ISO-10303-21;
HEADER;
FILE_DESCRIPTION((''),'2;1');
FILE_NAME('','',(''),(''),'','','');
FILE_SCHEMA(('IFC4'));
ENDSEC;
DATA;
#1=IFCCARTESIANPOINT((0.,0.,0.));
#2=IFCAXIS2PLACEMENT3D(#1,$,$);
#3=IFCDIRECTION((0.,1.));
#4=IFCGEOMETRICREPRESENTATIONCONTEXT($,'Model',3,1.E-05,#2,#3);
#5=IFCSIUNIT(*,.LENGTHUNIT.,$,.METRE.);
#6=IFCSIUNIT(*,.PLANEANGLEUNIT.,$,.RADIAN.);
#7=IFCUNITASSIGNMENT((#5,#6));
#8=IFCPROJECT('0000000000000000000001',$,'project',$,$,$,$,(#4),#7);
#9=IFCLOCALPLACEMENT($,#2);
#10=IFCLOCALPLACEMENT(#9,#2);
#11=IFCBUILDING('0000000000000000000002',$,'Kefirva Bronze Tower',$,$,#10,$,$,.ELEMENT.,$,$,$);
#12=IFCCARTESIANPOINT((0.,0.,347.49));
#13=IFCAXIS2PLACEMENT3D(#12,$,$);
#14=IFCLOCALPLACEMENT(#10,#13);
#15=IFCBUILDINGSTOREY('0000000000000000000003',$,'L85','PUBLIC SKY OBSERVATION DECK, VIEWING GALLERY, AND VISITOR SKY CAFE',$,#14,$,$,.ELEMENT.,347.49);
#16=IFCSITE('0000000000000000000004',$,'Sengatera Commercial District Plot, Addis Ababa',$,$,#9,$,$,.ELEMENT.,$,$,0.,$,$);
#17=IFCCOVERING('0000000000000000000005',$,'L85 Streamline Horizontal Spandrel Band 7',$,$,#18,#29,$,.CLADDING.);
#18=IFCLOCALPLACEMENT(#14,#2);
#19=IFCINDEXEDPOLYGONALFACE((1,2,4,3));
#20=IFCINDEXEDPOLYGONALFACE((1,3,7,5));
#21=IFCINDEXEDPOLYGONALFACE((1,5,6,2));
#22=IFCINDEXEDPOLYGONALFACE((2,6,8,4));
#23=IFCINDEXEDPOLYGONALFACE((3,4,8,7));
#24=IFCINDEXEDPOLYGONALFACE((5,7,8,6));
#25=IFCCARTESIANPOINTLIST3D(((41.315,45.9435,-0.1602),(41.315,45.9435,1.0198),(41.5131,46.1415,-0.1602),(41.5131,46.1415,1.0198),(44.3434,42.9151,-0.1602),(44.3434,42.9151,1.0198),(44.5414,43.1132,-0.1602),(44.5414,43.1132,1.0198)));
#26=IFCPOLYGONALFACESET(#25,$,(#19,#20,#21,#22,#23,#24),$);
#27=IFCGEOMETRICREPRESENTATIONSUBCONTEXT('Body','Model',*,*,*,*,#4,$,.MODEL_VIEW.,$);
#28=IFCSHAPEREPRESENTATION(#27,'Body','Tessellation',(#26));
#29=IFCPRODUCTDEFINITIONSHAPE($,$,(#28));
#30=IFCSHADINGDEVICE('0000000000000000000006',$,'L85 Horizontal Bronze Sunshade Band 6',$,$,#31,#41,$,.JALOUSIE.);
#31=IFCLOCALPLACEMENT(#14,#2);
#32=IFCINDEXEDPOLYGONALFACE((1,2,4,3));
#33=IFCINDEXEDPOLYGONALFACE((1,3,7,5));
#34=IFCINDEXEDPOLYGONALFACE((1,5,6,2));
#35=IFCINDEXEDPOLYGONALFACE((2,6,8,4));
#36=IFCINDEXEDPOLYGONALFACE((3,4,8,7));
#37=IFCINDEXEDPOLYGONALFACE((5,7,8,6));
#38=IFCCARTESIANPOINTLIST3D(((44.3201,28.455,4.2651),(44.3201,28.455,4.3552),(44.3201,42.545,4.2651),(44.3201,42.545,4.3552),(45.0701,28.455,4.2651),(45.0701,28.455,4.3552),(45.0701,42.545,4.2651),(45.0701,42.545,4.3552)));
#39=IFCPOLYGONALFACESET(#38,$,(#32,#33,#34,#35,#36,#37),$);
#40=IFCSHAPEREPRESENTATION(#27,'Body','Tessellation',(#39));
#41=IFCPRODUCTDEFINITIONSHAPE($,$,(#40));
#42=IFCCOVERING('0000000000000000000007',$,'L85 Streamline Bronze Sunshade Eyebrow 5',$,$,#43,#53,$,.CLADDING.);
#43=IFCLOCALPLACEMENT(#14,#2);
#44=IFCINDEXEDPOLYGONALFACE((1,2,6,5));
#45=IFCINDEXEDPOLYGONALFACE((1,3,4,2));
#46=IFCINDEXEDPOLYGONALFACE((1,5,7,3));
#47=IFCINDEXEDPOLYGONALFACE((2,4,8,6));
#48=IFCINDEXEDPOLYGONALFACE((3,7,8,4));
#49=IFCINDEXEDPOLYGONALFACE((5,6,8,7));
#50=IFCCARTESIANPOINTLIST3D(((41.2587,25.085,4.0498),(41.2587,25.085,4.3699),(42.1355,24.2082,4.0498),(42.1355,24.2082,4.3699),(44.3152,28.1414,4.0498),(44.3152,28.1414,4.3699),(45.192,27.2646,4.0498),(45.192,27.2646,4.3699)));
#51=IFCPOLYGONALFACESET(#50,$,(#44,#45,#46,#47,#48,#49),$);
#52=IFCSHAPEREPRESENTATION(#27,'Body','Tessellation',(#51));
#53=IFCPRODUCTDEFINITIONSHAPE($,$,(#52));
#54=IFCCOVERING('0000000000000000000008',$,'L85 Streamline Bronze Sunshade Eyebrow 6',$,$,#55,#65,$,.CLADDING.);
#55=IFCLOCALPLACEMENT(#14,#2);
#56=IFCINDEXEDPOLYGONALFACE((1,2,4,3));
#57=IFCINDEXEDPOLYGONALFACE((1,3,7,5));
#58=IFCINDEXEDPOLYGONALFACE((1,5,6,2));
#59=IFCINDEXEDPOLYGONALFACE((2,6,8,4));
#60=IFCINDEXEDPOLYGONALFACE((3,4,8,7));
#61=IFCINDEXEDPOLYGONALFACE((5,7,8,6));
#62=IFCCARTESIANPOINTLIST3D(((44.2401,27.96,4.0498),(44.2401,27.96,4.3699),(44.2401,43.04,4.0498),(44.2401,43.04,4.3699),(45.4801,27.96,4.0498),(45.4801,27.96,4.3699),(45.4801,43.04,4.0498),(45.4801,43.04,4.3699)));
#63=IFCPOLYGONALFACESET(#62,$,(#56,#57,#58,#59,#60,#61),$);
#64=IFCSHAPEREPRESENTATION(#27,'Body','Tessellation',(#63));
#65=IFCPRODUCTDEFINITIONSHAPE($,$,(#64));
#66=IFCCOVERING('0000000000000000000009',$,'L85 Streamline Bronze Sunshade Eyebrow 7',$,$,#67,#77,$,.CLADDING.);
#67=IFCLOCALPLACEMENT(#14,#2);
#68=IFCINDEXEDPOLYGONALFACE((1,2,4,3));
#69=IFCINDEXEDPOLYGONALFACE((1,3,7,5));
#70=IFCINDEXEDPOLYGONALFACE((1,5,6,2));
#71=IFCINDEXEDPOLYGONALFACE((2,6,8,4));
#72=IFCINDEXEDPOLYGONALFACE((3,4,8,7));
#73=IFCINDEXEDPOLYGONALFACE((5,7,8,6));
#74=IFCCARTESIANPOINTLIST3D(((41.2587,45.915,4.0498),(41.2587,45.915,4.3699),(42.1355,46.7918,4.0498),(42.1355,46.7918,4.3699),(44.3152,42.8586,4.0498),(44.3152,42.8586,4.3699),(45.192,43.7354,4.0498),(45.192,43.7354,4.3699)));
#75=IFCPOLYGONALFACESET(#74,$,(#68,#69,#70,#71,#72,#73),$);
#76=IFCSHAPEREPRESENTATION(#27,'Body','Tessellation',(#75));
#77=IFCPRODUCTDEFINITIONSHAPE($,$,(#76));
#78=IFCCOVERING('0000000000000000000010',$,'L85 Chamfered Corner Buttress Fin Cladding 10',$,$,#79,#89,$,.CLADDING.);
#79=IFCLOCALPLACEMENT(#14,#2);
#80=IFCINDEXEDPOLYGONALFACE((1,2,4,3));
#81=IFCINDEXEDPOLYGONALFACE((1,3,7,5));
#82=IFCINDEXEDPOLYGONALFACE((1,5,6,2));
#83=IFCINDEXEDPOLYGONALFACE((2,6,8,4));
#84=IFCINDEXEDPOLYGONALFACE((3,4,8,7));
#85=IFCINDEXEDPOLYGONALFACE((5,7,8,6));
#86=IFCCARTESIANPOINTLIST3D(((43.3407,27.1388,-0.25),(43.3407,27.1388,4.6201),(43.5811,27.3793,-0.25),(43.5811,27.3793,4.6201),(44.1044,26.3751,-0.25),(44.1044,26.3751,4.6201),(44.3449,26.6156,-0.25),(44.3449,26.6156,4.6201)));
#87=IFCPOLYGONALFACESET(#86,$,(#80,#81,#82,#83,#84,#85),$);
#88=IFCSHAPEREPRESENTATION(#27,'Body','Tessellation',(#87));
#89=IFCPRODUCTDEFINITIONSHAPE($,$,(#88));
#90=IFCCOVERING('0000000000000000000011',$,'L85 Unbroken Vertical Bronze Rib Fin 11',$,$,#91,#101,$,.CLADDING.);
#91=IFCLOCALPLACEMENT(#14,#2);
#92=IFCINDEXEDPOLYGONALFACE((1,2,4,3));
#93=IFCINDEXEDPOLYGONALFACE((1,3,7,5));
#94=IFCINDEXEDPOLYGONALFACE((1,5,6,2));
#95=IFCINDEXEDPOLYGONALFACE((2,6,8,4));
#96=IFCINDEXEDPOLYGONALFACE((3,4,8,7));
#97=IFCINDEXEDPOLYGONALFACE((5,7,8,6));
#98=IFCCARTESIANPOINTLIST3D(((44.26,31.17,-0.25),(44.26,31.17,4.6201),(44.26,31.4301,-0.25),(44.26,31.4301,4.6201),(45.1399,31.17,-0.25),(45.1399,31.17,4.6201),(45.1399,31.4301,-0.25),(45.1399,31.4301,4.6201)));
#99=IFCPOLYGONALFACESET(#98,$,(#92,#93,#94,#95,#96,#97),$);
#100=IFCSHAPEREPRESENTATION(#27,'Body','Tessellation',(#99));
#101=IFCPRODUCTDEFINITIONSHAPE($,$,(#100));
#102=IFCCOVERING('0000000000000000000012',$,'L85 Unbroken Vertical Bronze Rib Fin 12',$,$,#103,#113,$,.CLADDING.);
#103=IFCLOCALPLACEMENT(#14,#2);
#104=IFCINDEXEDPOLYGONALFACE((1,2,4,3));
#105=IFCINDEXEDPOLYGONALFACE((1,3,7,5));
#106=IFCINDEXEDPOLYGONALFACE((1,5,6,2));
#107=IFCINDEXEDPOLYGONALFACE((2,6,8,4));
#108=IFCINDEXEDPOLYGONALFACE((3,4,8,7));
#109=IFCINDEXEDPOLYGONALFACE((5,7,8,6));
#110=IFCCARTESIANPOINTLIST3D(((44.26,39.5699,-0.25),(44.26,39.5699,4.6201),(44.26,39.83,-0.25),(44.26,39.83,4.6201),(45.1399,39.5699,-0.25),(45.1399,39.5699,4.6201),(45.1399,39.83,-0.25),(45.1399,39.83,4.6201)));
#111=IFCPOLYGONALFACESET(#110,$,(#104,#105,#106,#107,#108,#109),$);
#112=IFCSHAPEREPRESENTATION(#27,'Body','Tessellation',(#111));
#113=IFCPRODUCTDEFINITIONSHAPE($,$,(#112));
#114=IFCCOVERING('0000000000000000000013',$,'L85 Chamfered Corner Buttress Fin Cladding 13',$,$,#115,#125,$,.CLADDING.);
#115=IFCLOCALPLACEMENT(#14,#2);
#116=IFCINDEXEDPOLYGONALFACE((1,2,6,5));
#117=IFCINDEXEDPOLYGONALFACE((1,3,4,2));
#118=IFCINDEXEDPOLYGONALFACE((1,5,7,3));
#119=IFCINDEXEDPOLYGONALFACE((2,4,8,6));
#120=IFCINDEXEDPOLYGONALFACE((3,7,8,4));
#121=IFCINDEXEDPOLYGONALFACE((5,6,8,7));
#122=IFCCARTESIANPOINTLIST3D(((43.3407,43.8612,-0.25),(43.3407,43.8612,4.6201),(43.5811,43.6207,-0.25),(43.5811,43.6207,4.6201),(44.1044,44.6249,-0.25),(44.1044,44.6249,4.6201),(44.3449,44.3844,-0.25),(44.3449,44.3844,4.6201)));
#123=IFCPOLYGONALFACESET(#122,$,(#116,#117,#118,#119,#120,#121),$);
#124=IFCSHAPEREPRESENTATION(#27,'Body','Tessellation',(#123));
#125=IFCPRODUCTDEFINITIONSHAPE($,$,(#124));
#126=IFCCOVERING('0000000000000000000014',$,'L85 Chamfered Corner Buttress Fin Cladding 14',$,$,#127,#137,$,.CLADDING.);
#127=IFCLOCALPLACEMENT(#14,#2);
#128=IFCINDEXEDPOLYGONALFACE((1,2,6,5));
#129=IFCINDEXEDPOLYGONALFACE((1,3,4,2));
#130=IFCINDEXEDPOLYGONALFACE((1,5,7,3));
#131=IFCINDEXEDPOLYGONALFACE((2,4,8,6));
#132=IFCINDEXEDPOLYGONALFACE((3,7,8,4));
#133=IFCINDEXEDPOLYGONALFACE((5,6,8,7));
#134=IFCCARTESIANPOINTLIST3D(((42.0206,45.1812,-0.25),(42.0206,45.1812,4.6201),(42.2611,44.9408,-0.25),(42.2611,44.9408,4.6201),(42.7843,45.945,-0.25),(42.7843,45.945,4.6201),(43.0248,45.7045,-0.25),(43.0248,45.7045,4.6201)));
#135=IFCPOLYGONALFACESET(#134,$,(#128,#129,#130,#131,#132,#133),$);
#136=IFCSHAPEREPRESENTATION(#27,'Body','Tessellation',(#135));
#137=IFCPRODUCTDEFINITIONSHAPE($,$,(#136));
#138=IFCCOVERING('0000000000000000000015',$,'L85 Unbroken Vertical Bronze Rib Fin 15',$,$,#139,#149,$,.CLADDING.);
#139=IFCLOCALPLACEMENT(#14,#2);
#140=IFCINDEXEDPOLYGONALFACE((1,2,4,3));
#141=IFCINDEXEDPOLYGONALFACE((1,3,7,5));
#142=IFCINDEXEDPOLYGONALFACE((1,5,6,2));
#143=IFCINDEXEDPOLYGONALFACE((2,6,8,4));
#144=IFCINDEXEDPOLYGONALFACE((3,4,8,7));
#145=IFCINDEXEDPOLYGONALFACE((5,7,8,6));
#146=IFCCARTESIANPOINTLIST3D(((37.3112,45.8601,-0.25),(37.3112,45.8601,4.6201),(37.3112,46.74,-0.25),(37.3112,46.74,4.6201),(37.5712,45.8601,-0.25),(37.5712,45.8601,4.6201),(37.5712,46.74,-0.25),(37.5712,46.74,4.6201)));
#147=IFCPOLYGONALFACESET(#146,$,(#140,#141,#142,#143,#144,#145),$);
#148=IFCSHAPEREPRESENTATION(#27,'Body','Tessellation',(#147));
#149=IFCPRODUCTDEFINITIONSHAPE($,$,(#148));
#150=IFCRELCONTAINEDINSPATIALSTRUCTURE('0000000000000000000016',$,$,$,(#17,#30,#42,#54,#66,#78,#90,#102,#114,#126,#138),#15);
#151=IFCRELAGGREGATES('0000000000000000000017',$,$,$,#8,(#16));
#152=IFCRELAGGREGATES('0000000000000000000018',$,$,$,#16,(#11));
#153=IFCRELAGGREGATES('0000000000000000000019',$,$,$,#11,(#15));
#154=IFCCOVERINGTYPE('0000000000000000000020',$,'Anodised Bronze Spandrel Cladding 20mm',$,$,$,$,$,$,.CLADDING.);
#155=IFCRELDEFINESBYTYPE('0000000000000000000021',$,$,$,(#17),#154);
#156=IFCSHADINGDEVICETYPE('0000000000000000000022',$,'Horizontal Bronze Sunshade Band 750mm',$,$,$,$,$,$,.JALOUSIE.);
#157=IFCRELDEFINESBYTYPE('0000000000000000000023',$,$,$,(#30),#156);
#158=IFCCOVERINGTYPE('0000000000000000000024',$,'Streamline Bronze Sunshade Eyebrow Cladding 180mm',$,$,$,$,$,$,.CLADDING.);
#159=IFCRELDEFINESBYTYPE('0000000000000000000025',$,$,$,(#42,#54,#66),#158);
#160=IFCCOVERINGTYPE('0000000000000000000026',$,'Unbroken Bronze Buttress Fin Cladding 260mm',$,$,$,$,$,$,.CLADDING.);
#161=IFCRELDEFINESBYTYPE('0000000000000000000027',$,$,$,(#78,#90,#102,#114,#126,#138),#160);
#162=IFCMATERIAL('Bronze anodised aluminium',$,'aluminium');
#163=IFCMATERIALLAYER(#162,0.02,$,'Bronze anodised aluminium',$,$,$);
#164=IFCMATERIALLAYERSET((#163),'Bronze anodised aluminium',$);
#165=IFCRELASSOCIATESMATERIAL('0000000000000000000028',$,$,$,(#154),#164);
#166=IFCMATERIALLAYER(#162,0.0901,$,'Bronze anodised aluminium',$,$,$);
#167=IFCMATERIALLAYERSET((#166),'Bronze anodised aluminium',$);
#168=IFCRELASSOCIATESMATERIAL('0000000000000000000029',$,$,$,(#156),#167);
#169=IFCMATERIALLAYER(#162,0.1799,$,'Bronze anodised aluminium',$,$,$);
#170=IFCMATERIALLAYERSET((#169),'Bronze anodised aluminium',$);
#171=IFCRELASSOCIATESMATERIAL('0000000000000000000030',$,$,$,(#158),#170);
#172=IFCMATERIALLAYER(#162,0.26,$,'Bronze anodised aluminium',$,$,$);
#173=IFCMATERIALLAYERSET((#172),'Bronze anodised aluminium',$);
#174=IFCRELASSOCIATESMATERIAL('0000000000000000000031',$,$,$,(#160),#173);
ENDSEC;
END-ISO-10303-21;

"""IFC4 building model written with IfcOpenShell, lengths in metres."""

from ifc_helpers import new_model, si_unit, direction, frame, origin, origin_2d, place, context, subcontext, project, spatial, rectangle, extrude, material, layer, layer_set, type_object, element, save


model = new_model("IFC4")

# Units and contexts
model_context = context("Model", 3, precision=1e-05, world=origin(), true_north=direction((0.0, 1.0)))
body_context = subcontext(model_context, "Body", "Model", "MODEL_VIEW")
ifc_project = project(units=[si_unit("LENGTHUNIT", "METRE"), si_unit("PLANEANGLEUNIT", "RADIAN")], contexts=[model_context])

# Site, building, storey
site_placement = place(None, origin())
site = spatial("IfcSite", under=ifc_project, at=site_placement, Name="Sengatera Commercial District Plot, Addis Ababa", CompositionType="ELEMENT", RefElevation=0.0)
building_placement = place(site_placement, origin())
building = spatial("IfcBuilding", under=site, at=building_placement, Name="Kefirva Bronze Tower", CompositionType="ELEMENT")
storey_placement = place(building_placement, frame((0.0, 0.0, 347.49)))
storey = spatial("IfcBuildingStorey", under=building, at=storey_placement, Name="L85", Description="PUBLIC SKY OBSERVATION DECK, VIEWING GALLERY, AND VISITOR SKY CAFE", CompositionType="ELEMENT", Elevation=347.49)

# Shared definitions
ifc_material_1 = material(Name="Bronze anodised aluminium", Category="aluminium")

# Covering
ifc_layer_1 = layer(ifc_material_1, 0.02, Name="Bronze anodised aluminium")
ifc_layer_set_1 = layer_set([ifc_layer_1], Name="Bronze anodised aluminium")
covering_type_1 = type_object("IfcCoveringType", Name="Anodised Bronze Spandrel Cladding 20mm", PredefinedType="CLADDING", material=ifc_layer_set_1)
covering_1_placement = place(storey_placement, frame((42.9282, 44.5283, -0.1602), z_axis=(0.0, 0.0, 1.0), x_axis=(-0.707107, 0.707107, 0.0)))
element("IfcCovering", 1, at=covering_1_placement, inside=storey, type_object=covering_type_1, Name="L85 Streamline Horizontal Spandrel Band 7", PredefinedType="CLADDING", context=body_context, shape_type="SweptSolid", body=[
    extrude(rectangle(XDim=4.2827, YDim=0.28, at=origin_2d()), origin(), (0.0, 0.0, 1.0), 1.1799),
])

# Shading device
ifc_layer_2 = layer(ifc_material_1, 0.0901, Name="Bronze anodised aluminium")
ifc_layer_set_2 = layer_set([ifc_layer_2], Name="Bronze anodised aluminium")
shading_device_type = type_object("IfcShadingDeviceType", Name="Horizontal Bronze Sunshade Band 750mm", PredefinedType="JALOUSIE", material=ifc_layer_set_2)
shading_device_placement = place(storey_placement, frame((44.6951, 35.5, 4.2651), z_axis=(0.0, 0.0, 1.0), x_axis=(0.0, 1.0, 0.0)))
element("IfcShadingDevice", 2, at=shading_device_placement, inside=storey, type_object=shading_device_type, Name="L85 Horizontal Bronze Sunshade Band 6", PredefinedType="JALOUSIE", context=body_context, shape_type="SweptSolid", body=[
    extrude(rectangle(XDim=14.0901, YDim=0.75, at=origin_2d()), origin(), (0.0, 0.0, 1.0), 0.0901),
])

# Coverings
ifc_layer_3 = layer(ifc_material_1, 0.1799, Name="Bronze anodised aluminium")
ifc_layer_set_3 = layer_set([ifc_layer_3], Name="Bronze anodised aluminium")
covering_type_2 = type_object("IfcCoveringType", Name="Streamline Bronze Sunshade Eyebrow Cladding 180mm", PredefinedType="CLADDING", material=ifc_layer_set_3)
covering_2_placement = place(storey_placement, frame((43.2253, 26.1748, 4.0498), z_axis=(0.0, 0.0, 1.0), x_axis=(0.707107, 0.707107, 0.0)))
element("IfcCovering", 3, at=covering_2_placement, inside=storey, type_object=covering_type_2, Name="L85 Streamline Bronze Sunshade Eyebrow 5", PredefinedType="CLADDING", context=body_context, shape_type="SweptSolid", body=[
    extrude(rectangle(XDim=4.3225, YDim=1.24, at=origin_2d()), origin(), (0.0, 0.0, 1.0), 0.3201),
])
covering_3_placement = place(storey_placement, frame((44.8601, 35.5, 4.0498), z_axis=(0.0, 0.0, 1.0), x_axis=(0.0, 1.0, 0.0)))
element("IfcCovering", 4, at=covering_3_placement, inside=storey, type_object=covering_type_2, Name="L85 Streamline Bronze Sunshade Eyebrow 6", PredefinedType="CLADDING", context=body_context, shape_type="SweptSolid", body=[
    extrude(rectangle(XDim=15.0801, YDim=1.24, at=origin_2d()), origin(), (0.0, 0.0, 1.0), 0.3201),
])
covering_4_placement = place(storey_placement, frame((43.2253, 44.8252, 4.0498), z_axis=(0.0, 0.0, 1.0), x_axis=(-0.707107, 0.707107, 0.0)))
element("IfcCovering", 5, at=covering_4_placement, inside=storey, type_object=covering_type_2, Name="L85 Streamline Bronze Sunshade Eyebrow 7", PredefinedType="CLADDING", context=body_context, shape_type="SweptSolid", body=[
    extrude(rectangle(XDim=4.3225, YDim=1.24, at=origin_2d()), origin(), (0.0, 0.0, 1.0), 0.3201),
])
ifc_layer_4 = layer(ifc_material_1, 0.26, Name="Bronze anodised aluminium")
ifc_layer_set_4 = layer_set([ifc_layer_4], Name="Bronze anodised aluminium")
covering_type_3 = type_object("IfcCoveringType", Name="Unbroken Bronze Buttress Fin Cladding 260mm", PredefinedType="CLADDING", material=ifc_layer_set_4)
covering_5_placement = place(storey_placement, frame((43.8428, 26.8772, -0.25), z_axis=(0.0, 0.0, 1.0), x_axis=(0.707107, 0.707107, 0.0)))
element("IfcCovering", 6, at=covering_5_placement, inside=storey, type_object=covering_type_3, Name="L85 Chamfered Corner Buttress Fin Cladding 10", PredefinedType="CLADDING", context=body_context, shape_type="SweptSolid", body=[
    extrude(rectangle(XDim=0.3401, YDim=1.0801, at=origin_2d()), origin(), (0.0, 0.0, 1.0), 4.8701),
])
for number, where, z_axis, x_axis, name in (
    (7, (44.7, 31.3, -0.25), (0.0, 0.0, 1.0), (0.0, 1.0, 0.0), "L85 Unbroken Vertical Bronze Rib Fin 11"),
    (8, (44.7, 39.7, -0.25), (0.0, 0.0, 1.0), (0.0, 1.0, 0.0), "L85 Unbroken Vertical Bronze Rib Fin 12"),
):
    element("IfcCovering", number, at=place(storey_placement, frame(where, z_axis=z_axis, x_axis=x_axis)), inside=storey, type_object=covering_type_3, Name=name, PredefinedType="CLADDING", context=body_context, shape_type="SweptSolid", body=[
        extrude(rectangle(XDim=0.26, YDim=0.8799, at=origin_2d()), origin(), (0.0, 0.0, 1.0), 4.8701),
    ])
for number, where, z_axis, x_axis, name in (
    (9, (43.8428, 44.1228, -0.25), (0.0, 0.0, 1.0), (-0.707107, 0.707107, 0.0), "L85 Chamfered Corner Buttress Fin Cladding 13"),
    (10, (42.5227, 45.4429, -0.25), (0.0, 0.0, 1.0), (-0.707107, 0.707107, 0.0), "L85 Chamfered Corner Buttress Fin Cladding 14"),
):
    element("IfcCovering", number, at=place(storey_placement, frame(where, z_axis=z_axis, x_axis=x_axis)), inside=storey, type_object=covering_type_3, Name=name, PredefinedType="CLADDING", context=body_context, shape_type="SweptSolid", body=[
        extrude(rectangle(XDim=0.3401, YDim=1.0801, at=origin_2d()), origin(), (0.0, 0.0, 1.0), 4.8701),
    ])
covering_6_placement = place(storey_placement, frame((37.4412, 46.3, -0.25), z_axis=(0.0, 0.0, 1.0), x_axis=(-1.0, 0.0, 0.0)))
element("IfcCovering", 11, at=covering_6_placement, inside=storey, type_object=covering_type_3, Name="L85 Unbroken Vertical Bronze Rib Fin 15", PredefinedType="CLADDING", context=body_context, shape_type="SweptSolid", body=[
    extrude(rectangle(XDim=0.26, YDim=0.8799, at=origin_2d()), origin(), (0.0, 0.0, 1.0), 4.8701),
])

save(model, "model.ifc")
